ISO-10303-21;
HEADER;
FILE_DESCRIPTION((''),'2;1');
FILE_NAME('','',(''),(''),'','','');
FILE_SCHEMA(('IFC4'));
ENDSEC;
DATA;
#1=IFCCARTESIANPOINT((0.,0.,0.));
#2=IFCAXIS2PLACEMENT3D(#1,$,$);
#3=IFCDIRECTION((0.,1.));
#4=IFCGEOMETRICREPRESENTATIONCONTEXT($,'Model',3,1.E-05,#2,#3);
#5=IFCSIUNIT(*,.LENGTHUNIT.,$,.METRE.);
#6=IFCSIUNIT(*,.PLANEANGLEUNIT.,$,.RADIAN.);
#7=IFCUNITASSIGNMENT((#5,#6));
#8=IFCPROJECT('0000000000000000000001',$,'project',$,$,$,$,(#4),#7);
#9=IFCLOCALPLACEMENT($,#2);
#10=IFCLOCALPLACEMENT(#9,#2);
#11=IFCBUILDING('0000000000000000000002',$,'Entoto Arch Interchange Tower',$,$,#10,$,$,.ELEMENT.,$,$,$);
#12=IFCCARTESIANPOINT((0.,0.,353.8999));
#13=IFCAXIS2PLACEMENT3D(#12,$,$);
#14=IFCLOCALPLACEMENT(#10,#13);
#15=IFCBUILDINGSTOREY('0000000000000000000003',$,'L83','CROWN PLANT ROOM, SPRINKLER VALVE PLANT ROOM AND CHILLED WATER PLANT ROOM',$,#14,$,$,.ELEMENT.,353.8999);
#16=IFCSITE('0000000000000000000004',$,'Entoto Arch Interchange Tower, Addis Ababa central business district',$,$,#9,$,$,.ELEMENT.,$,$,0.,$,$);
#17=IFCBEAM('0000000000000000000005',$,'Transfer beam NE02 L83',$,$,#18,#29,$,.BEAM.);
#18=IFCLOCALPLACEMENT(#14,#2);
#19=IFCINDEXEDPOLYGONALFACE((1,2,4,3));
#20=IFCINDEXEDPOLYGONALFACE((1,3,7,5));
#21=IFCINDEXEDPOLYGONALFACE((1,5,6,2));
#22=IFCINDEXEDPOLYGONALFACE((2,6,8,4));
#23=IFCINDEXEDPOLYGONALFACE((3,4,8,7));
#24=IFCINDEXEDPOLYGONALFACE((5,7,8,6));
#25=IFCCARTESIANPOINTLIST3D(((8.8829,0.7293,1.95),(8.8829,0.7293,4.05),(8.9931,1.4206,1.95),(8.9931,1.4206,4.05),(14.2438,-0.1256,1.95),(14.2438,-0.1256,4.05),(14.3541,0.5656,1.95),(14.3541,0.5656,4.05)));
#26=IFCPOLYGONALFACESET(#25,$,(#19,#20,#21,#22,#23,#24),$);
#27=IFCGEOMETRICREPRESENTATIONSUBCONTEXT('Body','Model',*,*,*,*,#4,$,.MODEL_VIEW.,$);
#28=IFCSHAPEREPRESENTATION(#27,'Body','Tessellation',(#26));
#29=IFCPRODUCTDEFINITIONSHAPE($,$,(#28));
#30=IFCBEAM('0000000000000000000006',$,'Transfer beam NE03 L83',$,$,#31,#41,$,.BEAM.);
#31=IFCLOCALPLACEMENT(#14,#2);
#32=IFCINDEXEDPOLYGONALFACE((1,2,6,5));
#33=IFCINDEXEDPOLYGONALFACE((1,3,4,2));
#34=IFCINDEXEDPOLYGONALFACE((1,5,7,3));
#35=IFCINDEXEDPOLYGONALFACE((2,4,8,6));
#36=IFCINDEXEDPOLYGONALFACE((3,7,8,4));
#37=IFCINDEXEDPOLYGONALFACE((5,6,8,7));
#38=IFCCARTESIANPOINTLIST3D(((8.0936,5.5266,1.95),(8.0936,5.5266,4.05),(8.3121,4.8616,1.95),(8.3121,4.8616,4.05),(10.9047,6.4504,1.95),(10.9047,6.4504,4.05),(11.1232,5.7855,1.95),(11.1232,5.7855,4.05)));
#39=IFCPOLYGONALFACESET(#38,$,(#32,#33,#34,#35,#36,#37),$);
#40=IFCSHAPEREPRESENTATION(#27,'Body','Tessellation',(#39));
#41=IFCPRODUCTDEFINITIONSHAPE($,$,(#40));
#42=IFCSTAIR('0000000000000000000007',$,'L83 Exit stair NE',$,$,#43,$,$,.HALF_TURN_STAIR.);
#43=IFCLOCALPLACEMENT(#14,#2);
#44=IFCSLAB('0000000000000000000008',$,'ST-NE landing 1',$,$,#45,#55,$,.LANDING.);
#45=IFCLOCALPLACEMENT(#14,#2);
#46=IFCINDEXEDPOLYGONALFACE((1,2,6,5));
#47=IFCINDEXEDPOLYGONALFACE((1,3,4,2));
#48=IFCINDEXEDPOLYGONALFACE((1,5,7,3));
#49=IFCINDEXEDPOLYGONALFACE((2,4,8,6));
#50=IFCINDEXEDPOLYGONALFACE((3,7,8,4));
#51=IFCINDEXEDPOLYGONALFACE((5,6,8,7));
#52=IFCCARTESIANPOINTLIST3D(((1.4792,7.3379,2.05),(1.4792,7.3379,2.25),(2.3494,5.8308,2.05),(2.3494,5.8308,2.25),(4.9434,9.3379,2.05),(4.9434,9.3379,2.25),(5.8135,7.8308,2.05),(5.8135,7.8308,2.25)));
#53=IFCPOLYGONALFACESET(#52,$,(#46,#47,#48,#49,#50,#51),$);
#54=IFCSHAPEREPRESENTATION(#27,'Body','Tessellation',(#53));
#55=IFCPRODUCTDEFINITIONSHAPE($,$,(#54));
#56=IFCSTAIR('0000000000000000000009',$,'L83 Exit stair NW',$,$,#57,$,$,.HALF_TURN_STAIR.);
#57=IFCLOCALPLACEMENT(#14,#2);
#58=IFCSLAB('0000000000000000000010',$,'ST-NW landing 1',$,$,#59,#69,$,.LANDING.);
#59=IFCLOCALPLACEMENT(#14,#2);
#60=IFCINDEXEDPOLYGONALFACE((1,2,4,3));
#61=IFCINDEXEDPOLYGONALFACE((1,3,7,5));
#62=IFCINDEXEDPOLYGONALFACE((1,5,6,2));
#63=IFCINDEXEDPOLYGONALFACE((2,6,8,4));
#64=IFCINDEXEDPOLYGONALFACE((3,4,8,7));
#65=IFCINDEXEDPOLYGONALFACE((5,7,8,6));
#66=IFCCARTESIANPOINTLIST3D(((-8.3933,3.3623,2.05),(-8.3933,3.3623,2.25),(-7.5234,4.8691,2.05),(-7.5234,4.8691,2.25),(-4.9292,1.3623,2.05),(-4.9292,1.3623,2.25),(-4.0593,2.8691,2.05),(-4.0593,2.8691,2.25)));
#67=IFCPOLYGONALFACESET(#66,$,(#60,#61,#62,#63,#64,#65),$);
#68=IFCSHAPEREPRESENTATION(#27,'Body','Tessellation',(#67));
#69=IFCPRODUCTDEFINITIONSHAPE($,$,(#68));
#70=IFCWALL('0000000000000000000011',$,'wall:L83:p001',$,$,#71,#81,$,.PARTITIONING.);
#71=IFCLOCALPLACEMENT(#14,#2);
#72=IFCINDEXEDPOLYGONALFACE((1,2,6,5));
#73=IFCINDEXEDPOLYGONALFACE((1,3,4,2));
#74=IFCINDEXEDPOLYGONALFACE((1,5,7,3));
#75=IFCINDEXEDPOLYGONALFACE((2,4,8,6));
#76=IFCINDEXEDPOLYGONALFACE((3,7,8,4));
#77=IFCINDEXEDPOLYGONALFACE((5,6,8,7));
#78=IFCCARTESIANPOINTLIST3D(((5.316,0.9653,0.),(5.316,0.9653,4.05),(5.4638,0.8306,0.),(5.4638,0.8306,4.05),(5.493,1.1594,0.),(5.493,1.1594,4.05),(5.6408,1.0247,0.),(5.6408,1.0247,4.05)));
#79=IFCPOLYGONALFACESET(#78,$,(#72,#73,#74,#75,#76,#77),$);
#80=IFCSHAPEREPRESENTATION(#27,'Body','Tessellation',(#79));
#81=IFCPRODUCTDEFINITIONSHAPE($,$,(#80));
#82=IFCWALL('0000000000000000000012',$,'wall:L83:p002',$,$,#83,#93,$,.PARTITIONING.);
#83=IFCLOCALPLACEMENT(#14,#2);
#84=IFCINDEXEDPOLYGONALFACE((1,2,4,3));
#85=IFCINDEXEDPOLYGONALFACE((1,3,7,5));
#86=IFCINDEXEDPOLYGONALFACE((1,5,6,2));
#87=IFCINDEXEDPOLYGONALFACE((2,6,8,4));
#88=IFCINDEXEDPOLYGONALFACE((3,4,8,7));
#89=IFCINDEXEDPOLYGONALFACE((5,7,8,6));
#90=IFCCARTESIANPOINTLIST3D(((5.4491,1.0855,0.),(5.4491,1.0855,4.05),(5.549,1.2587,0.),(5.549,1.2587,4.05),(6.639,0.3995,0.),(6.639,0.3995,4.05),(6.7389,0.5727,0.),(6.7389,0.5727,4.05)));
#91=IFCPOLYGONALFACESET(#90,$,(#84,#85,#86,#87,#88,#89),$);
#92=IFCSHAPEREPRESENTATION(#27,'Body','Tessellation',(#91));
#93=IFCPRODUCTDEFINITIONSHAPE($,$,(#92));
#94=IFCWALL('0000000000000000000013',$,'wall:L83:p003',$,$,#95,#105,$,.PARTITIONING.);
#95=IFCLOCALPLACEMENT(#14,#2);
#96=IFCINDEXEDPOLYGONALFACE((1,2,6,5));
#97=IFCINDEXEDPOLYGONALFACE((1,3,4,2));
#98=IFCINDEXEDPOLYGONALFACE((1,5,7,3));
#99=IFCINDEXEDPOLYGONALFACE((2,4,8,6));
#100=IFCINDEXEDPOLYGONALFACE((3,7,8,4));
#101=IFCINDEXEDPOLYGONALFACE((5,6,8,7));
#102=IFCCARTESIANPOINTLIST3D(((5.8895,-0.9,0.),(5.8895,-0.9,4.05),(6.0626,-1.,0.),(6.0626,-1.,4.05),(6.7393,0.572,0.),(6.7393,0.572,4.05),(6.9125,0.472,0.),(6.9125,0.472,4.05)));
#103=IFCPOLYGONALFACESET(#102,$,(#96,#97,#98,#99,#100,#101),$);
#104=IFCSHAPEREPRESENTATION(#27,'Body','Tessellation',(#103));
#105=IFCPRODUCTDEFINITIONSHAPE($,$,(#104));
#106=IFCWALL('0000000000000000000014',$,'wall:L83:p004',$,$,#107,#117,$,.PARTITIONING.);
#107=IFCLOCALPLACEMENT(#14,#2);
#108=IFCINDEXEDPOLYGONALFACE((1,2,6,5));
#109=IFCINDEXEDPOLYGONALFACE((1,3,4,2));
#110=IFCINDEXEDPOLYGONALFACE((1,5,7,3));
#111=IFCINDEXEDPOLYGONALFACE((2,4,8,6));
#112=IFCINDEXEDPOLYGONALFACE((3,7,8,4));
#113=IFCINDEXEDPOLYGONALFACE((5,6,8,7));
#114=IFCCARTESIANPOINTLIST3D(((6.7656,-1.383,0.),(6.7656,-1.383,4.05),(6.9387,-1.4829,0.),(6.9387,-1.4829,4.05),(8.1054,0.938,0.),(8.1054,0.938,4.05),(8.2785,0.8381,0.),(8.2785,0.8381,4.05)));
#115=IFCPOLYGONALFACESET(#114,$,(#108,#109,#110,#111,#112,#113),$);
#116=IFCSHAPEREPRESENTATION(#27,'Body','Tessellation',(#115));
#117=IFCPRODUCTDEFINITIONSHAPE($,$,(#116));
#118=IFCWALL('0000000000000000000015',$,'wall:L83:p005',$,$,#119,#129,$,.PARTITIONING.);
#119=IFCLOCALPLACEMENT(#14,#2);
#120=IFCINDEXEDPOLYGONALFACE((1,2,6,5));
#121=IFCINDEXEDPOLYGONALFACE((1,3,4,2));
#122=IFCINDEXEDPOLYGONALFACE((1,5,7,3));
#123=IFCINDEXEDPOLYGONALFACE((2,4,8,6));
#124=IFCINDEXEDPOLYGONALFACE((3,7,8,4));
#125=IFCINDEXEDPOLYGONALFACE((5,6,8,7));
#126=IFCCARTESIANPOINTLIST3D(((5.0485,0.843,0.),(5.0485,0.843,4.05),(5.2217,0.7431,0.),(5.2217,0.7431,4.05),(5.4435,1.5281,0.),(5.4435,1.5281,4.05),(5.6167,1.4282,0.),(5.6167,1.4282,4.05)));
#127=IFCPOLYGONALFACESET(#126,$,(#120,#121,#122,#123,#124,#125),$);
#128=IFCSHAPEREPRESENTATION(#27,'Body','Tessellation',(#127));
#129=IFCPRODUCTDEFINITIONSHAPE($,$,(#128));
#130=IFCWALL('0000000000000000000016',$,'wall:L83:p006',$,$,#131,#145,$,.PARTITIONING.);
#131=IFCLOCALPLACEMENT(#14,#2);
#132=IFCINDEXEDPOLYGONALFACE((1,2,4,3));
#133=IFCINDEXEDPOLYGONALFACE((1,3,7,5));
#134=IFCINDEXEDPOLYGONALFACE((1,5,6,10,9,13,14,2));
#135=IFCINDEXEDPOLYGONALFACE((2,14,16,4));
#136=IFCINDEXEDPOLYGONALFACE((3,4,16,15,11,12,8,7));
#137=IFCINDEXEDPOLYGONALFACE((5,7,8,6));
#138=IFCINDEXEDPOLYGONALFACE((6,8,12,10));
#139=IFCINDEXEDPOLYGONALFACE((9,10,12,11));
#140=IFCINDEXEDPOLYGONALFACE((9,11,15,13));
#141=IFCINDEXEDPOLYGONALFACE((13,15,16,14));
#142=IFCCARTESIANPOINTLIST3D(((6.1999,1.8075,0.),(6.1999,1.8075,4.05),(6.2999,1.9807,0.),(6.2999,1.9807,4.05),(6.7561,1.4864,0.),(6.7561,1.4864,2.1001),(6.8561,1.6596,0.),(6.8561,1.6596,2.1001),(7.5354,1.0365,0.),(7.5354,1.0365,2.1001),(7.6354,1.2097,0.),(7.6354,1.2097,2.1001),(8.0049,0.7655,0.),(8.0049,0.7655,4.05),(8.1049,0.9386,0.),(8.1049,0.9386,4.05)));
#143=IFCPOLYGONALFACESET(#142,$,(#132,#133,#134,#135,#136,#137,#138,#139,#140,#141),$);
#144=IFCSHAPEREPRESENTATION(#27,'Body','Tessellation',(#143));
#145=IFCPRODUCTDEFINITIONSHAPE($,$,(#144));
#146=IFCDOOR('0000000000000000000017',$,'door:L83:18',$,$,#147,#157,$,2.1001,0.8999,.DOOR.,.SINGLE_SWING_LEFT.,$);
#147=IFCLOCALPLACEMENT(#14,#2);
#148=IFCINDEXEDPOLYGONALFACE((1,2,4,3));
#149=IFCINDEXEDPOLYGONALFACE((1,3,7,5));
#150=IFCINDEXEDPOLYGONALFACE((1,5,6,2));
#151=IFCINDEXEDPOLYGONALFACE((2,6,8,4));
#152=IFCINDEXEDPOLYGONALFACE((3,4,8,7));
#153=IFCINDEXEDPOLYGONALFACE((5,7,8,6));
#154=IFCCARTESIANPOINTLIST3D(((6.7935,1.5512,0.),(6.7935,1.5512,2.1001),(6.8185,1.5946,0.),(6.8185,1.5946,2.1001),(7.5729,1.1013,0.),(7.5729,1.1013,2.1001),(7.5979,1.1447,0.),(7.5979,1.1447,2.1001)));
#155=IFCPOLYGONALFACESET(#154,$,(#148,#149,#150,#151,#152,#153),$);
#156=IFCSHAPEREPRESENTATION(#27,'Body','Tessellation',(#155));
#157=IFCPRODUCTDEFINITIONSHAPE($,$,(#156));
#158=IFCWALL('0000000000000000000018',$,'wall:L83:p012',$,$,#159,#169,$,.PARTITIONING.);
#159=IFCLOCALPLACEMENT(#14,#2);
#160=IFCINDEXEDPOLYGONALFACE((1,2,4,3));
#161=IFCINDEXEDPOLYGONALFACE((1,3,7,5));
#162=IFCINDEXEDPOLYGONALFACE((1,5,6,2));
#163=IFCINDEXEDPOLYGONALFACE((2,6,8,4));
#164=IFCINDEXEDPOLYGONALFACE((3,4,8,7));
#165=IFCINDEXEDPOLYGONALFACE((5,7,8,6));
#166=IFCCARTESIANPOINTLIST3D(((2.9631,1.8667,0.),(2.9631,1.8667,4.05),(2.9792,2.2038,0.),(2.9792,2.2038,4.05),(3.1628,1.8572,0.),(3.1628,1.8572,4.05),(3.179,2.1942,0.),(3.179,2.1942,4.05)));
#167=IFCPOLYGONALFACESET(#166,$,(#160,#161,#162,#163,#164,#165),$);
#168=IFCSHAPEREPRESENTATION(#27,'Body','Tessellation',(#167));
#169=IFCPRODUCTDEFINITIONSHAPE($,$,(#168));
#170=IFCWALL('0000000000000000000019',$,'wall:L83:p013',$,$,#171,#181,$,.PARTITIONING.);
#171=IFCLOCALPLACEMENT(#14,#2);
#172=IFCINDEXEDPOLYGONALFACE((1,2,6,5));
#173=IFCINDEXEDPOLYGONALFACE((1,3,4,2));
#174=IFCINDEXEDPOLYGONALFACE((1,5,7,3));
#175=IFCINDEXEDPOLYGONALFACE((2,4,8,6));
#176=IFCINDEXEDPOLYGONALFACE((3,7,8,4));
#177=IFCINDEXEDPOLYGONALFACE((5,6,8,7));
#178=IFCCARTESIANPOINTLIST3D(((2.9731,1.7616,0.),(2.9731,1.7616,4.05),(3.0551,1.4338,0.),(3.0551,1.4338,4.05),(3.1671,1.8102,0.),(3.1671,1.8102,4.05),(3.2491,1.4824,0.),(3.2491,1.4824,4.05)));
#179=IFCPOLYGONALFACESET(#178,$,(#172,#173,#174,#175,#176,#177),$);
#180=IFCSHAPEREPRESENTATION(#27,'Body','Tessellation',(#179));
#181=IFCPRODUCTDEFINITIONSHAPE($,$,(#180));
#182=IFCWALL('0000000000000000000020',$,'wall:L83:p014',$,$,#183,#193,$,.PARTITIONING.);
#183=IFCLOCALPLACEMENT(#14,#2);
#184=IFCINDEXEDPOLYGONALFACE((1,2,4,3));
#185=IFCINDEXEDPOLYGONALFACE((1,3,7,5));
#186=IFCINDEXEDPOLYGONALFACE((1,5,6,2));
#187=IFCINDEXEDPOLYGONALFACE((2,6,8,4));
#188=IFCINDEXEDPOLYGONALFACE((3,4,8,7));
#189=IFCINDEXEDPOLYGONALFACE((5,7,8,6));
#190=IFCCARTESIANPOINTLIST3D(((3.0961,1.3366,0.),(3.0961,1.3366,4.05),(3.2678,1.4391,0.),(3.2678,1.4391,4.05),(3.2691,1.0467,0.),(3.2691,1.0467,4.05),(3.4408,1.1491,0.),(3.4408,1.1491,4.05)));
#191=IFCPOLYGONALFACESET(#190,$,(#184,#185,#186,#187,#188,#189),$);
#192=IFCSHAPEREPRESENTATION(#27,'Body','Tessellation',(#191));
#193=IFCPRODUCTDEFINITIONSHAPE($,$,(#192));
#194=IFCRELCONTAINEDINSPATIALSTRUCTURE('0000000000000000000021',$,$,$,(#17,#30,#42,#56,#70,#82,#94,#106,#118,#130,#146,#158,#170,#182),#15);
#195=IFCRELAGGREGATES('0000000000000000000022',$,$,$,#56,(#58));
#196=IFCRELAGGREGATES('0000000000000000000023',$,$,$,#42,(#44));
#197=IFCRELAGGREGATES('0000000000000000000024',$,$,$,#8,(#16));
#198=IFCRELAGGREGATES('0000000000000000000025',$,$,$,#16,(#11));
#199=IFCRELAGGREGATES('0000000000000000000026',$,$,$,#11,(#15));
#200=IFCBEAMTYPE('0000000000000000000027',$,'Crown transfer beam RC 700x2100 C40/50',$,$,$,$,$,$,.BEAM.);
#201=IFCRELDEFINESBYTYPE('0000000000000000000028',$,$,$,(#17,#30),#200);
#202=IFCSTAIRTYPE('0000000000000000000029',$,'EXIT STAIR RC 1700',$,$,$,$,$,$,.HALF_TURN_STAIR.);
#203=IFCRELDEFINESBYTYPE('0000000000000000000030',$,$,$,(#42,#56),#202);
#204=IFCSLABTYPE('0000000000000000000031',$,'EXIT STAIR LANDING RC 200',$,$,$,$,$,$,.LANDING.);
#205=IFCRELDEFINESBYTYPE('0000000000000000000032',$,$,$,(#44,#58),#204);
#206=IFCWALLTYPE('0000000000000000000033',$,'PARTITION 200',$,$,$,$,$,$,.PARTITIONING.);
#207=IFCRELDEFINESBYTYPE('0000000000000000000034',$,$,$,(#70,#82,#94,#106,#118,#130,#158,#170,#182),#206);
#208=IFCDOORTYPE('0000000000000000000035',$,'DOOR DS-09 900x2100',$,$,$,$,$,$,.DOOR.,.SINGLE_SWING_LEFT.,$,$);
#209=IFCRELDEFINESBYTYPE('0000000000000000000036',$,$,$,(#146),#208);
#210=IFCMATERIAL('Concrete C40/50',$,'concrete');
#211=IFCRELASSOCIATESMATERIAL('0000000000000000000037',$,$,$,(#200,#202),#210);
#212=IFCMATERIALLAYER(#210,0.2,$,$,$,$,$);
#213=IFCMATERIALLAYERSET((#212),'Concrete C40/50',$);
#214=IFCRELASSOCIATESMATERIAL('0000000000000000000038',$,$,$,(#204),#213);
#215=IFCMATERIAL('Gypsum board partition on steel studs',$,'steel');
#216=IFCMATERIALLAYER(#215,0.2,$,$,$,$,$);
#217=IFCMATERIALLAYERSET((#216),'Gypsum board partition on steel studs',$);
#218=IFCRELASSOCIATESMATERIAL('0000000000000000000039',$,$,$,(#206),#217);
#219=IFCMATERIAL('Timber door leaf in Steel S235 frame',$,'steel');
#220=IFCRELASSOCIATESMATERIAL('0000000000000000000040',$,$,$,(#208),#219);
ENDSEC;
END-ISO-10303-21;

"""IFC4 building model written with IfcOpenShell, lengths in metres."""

from ifc_helpers import new_model, si_unit, direction, frame, frame_2d, origin, origin_2d, place, context, subcontext, project, spatial, polyline, rectangle, outline, extrude, material, layer, layer_set, material_profile, profile_set, type_object, element, fill, aggregate, save


model = new_model("IFC4")

# Units and contexts
model_context = context("Model", 3, precision=1e-05, world=origin(), true_north=direction((0.0, 1.0)))
body_context = subcontext(model_context, "Body", "Model", "MODEL_VIEW")
ifc_project = project(units=[si_unit("LENGTHUNIT", "METRE"), si_unit("PLANEANGLEUNIT", "RADIAN")], contexts=[model_context])

# Site, building, storey
site_placement = place(None, origin())
site = spatial("IfcSite", under=ifc_project, at=site_placement, Name="Entoto Arch Interchange Tower, Addis Ababa central business district", CompositionType="ELEMENT", RefElevation=0.0)
building_placement = place(site_placement, origin())
building = spatial("IfcBuilding", under=site, at=building_placement, Name="Entoto Arch Interchange Tower", CompositionType="ELEMENT")
storey_placement = place(building_placement, frame((0.0, 0.0, 353.8999)))
storey = spatial("IfcBuildingStorey", under=building, at=storey_placement, Name="L83", Description="CROWN PLANT ROOM, SPRINKLER VALVE PLANT ROOM AND CHILLED WATER PLANT ROOM", CompositionType="ELEMENT", Elevation=353.8999)

# Beams
ifc_material_1 = material(Name="Concrete C40/50", Category="concrete")
ifc_material_profile = material_profile(ifc_material_1, rectangle(XDim=0.7, YDim=2.1001, at=origin_2d()))
ifc_profile_set = profile_set([ifc_material_profile], Name="Concrete C40/50")
beam_type = type_object("IfcBeamType", Name="Crown transfer beam RC 700x2100 C40/50", PredefinedType="BEAM", material=ifc_profile_set)
beam_1_placement = place(storey_placement, frame((8.938, 1.075, 3.0), z_axis=(0.987521, -0.157489, 0.0), x_axis=(0.157489, 0.987521, 0.0)))
element("IfcBeam", 1, at=beam_1_placement, inside=storey, type_object=beam_type, Name="Transfer beam NE02 L83", PredefinedType="BEAM", context=body_context, shape_type="SweptSolid", body=[
    extrude(rectangle(XDim=0.7, YDim=2.1001, at=origin_2d()), origin(), (0.0, 0.0, 1.0), 5.4287),
])
beam_2_placement = place(storey_placement, frame((8.2029, 5.1941, 3.0), z_axis=(0.950011, 0.312215, 0.0), x_axis=(-0.312215, 0.950011, 0.0)))
element("IfcBeam", 2, at=beam_2_placement, inside=storey, type_object=beam_type, Name="Transfer beam NE03 L83", PredefinedType="BEAM", context=body_context, shape_type="SweptSolid", body=[
    extrude(rectangle(XDim=0.7, YDim=2.1001, at=origin_2d()), origin(), (0.0, 0.0, 1.0), 2.959),
])

# Stairs, slabs
stair_type = type_object("IfcStairType", Name="EXIT STAIR RC 1700", PredefinedType="HALF_TURN_STAIR", material=ifc_material_1)
stair_1_placement = place(storey_placement, origin())
stair_1 = element("IfcStair", 3, at=stair_1_placement, inside=storey, type_object=stair_type, Name="L83 Exit stair NE", PredefinedType="HALF_TURN_STAIR")
ifc_layer_1 = layer(ifc_material_1, 0.2)
ifc_layer_set_1 = layer_set([ifc_layer_1], Name="Concrete C40/50")
slab_type = type_object("IfcSlabType", Name="EXIT STAIR LANDING RC 200", PredefinedType="LANDING", material=ifc_layer_set_1)
slab_1_placement = place(storey_placement, frame((0.0, 0.0, 2.05)))
slab_1 = element("IfcSlab", 4, at=slab_1_placement, type_object=slab_type, Name="ST-NE landing 1", PredefinedType="LANDING", context=body_context, shape_type="SweptSolid", body=[
    extrude(outline(polyline([(5.8135, 7.8308), (4.9434, 9.3379), (1.4792, 7.3379), (2.3494, 5.8308), (5.8135, 7.8308)])), origin(), (0.0, 0.0, 1.0), 0.2),
])
stair_2_placement = place(storey_placement, origin())
stair_2 = element("IfcStair", 5, at=stair_2_placement, inside=storey, type_object=stair_type, Name="L83 Exit stair NW", PredefinedType="HALF_TURN_STAIR")
slab_2_placement = place(storey_placement, frame((0.0, 0.0, 2.05)))
slab_2 = element("IfcSlab", 6, at=slab_2_placement, type_object=slab_type, Name="ST-NW landing 1", PredefinedType="LANDING", context=body_context, shape_type="SweptSolid", body=[
    extrude(outline(polyline([(-7.5234, 4.8691), (-8.3933, 3.3623), (-4.9292, 1.3623), (-4.0593, 2.8691), (-7.5234, 4.8691)])), origin(), (0.0, 0.0, 1.0), 0.2),
])
aggregate(stair_2, [slab_2])

# Walls
ifc_material_2 = material(Name="Gypsum board partition on steel studs", Category="steel")
ifc_layer_2 = layer(ifc_material_2, 0.2)
ifc_layer_set_2 = layer_set([ifc_layer_2], Name="Gypsum board partition on steel studs")
wall_type_1 = type_object("IfcWallType", Name="PARTITION 200", PredefinedType="PARTITIONING", material=ifc_layer_set_2)
wall_1_placement = place(storey_placement, frame((5.3899, 0.8979, 0.0), z_axis=(0.0, 0.0, 1.0), x_axis=(0.673828, 0.738888, 0.0)))
element("IfcWall", 7, at=wall_1_placement, inside=storey, type_object=wall_type_1, Name="wall:L83:p001", PredefinedType="PARTITIONING", context=body_context, shape_type="SweptSolid", body=[
    extrude(rectangle(XDim=0.2627, YDim=0.2, at=frame_2d((0.1313, 0.0))), origin(), (0.0, 0.0, 1.0), 4.05),
])
wall_2_placement = place(storey_placement, frame((5.499, 1.1721, 0.0), z_axis=(0.0, 0.0, 1.0), x_axis=(0.866334, -0.499466, 0.0)))
element("IfcWall", 8, at=wall_2_placement, inside=storey, type_object=wall_type_1, Name="wall:L83:p002", PredefinedType="PARTITIONING", context=body_context, shape_type="SweptSolid", body=[
    extrude(rectangle(XDim=1.3735, YDim=0.2, at=frame_2d((0.6868, 0.0))), origin(), (0.0, 0.0, 1.0), 4.05),
])
wall_3_placement = place(storey_placement, frame((6.8259, 0.522, 0.0), z_axis=(0.0, 0.0, 1.0), x_axis=(-0.500017, -0.866016, 0.0)))
element("IfcWall", 9, at=wall_3_placement, inside=storey, type_object=wall_type_1, Name="wall:L83:p003", PredefinedType="PARTITIONING", context=body_context, shape_type="SweptSolid", body=[
    extrude(rectangle(XDim=1.6997, YDim=0.2, at=frame_2d((0.8499, 0.0))), origin(), (0.0, 0.0, 1.0), 4.05),
])
wall_4_placement = place(storey_placement, frame((8.1919, 0.8879, 0.0), z_axis=(0.0, 0.0, 1.0), x_axis=(-0.499941, -0.86606, 0.0)))
element("IfcWall", 10, at=wall_4_placement, inside=storey, type_object=wall_type_1, Name="wall:L83:p004", PredefinedType="PARTITIONING", context=body_context, shape_type="SweptSolid", body=[
    extrude(rectangle(XDim=2.6799, YDim=0.2, at=frame_2d((1.3398, 0.0))), origin(), (0.0, 0.0, 1.0), 4.05),
])
wall_5_placement = place(storey_placement, frame((5.135, 0.793, 0.0), z_axis=(0.0, 0.0, 1.0), x_axis=(0.499526, 0.866299, 0.0)))
element("IfcWall", 11, at=wall_5_placement, inside=storey, type_object=wall_type_1, Name="wall:L83:p005", PredefinedType="PARTITIONING", context=body_context, shape_type="SweptSolid", body=[
    extrude(rectangle(XDim=0.7908, YDim=0.2, at=frame_2d((0.3955, 0.0))), origin(), (0.0, 0.0, 1.0), 4.05),
])

# Wall, opening, door
wall_6_placement = place(storey_placement, frame((6.25, 1.894, 0.0), z_axis=(0.0, 0.0, 1.0), x_axis=(0.866043, -0.499969, 0.0)))
wall_6 = element("IfcWall", 12, at=wall_6_placement, inside=storey, type_object=wall_type_1, Name="wall:L83:p006", PredefinedType="PARTITIONING", context=body_context, shape_type="SweptSolid", body=[
    extrude(rectangle(XDim=2.0842, YDim=0.2, at=frame_2d((1.042, 0.0))), origin(), (0.0, 0.0, 1.0), 4.05),
])
opening_1_placement = place(wall_6_placement, frame((0.6421, 0.0, 0.0)))
opening_1 = element("IfcOpeningElement", 13, at=opening_1_placement, cuts=wall_6, PredefinedType="OPENING", context=body_context, shape_type="SweptSolid", body=[
    extrude(rectangle(XDim=0.8999, YDim=2.1001, at=frame_2d((0.45, 1.05))), frame((0.0, 0.1099, 0.0), z_axis=(0.0, -1.0, 0.0), x_axis=(1.0, 0.0, 0.0)), (0.0, 0.0, 1.0), 0.22),
])
ifc_material_3 = material(Name="Timber door leaf in Steel S235 frame", Category="steel")
door_type_1 = type_object("IfcDoorType", Name="DOOR DS-09 900x2100", OperationType="SINGLE_SWING_LEFT", PredefinedType="DOOR", material=ifc_material_3)
door_1_placement = place(opening_1_placement, origin())
door_1 = element("IfcDoor", 14, at=door_1_placement, inside=storey, type_object=door_type_1, Name="door:L83:18", OperationType="SINGLE_SWING_LEFT", OverallHeight=2.1001, OverallWidth=0.8999, PredefinedType="DOOR", context=body_context, shape_type="SweptSolid", body=[
    extrude(rectangle(XDim=0.8999, YDim=2.1001, at=frame_2d((0.45, 1.05))), frame((0.0, 0.0249, 0.0), z_axis=(0.0, -1.0, 0.0), x_axis=(1.0, 0.0, 0.0)), (0.0, 0.0, 1.0), 0.05),
])
fill(opening_1, door_1)

# Walls
wall_7_placement = place(storey_placement, frame((3.0791, 2.199, 0.0), z_axis=(0.0, 0.0, 1.0), x_axis=(-0.047771, -0.998858, 0.0)))
element("IfcWall", 15, at=wall_7_placement, inside=storey, type_object=wall_type_1, Name="wall:L83:p012", PredefinedType="PARTITIONING", context=body_context, shape_type="SweptSolid", body=[
    extrude(rectangle(XDim=0.3374, YDim=0.2, at=frame_2d((0.1687, 0.0))), origin(), (0.0, 0.0, 1.0), 4.05),
])
wall_8_placement = place(storey_placement, frame((3.0701, 1.7859, 0.0), z_axis=(0.0, 0.0, 1.0), x_axis=(0.242706, -0.9701, 0.0)))
element("IfcWall", 16, at=wall_8_placement, inside=storey, type_object=wall_type_1, Name="wall:L83:p013", PredefinedType="PARTITIONING", context=body_context, shape_type="SweptSolid", body=[
    extrude(rectangle(XDim=0.3379, YDim=0.2, at=frame_2d((0.1689, 0.0))), origin(), (0.0, 0.0, 1.0), 4.05),
])
for number, where, z_axis, x_axis, name in (
    (17, (3.1819, 1.3879, 0.0), (0.0, 0.0, 1.0), (0.512475, -0.858702, 0.0), "wall:L83:p014"),
):
    element("IfcWall", number, at=place(storey_placement, frame(where, z_axis=z_axis, x_axis=x_axis)), inside=storey, type_object=wall_type_1, Name=name, PredefinedType="PARTITIONING", context=body_context, shape_type="SweptSolid", body=[
        extrude(rectangle(XDim=0.3376, YDim=0.2, at=frame_2d((0.1689, 0.0))), origin(), (0.0, 0.0, 1.0), 4.05),
    ])

aggregate(stair_1, [slab_1])

save(model, "model.ifc")
